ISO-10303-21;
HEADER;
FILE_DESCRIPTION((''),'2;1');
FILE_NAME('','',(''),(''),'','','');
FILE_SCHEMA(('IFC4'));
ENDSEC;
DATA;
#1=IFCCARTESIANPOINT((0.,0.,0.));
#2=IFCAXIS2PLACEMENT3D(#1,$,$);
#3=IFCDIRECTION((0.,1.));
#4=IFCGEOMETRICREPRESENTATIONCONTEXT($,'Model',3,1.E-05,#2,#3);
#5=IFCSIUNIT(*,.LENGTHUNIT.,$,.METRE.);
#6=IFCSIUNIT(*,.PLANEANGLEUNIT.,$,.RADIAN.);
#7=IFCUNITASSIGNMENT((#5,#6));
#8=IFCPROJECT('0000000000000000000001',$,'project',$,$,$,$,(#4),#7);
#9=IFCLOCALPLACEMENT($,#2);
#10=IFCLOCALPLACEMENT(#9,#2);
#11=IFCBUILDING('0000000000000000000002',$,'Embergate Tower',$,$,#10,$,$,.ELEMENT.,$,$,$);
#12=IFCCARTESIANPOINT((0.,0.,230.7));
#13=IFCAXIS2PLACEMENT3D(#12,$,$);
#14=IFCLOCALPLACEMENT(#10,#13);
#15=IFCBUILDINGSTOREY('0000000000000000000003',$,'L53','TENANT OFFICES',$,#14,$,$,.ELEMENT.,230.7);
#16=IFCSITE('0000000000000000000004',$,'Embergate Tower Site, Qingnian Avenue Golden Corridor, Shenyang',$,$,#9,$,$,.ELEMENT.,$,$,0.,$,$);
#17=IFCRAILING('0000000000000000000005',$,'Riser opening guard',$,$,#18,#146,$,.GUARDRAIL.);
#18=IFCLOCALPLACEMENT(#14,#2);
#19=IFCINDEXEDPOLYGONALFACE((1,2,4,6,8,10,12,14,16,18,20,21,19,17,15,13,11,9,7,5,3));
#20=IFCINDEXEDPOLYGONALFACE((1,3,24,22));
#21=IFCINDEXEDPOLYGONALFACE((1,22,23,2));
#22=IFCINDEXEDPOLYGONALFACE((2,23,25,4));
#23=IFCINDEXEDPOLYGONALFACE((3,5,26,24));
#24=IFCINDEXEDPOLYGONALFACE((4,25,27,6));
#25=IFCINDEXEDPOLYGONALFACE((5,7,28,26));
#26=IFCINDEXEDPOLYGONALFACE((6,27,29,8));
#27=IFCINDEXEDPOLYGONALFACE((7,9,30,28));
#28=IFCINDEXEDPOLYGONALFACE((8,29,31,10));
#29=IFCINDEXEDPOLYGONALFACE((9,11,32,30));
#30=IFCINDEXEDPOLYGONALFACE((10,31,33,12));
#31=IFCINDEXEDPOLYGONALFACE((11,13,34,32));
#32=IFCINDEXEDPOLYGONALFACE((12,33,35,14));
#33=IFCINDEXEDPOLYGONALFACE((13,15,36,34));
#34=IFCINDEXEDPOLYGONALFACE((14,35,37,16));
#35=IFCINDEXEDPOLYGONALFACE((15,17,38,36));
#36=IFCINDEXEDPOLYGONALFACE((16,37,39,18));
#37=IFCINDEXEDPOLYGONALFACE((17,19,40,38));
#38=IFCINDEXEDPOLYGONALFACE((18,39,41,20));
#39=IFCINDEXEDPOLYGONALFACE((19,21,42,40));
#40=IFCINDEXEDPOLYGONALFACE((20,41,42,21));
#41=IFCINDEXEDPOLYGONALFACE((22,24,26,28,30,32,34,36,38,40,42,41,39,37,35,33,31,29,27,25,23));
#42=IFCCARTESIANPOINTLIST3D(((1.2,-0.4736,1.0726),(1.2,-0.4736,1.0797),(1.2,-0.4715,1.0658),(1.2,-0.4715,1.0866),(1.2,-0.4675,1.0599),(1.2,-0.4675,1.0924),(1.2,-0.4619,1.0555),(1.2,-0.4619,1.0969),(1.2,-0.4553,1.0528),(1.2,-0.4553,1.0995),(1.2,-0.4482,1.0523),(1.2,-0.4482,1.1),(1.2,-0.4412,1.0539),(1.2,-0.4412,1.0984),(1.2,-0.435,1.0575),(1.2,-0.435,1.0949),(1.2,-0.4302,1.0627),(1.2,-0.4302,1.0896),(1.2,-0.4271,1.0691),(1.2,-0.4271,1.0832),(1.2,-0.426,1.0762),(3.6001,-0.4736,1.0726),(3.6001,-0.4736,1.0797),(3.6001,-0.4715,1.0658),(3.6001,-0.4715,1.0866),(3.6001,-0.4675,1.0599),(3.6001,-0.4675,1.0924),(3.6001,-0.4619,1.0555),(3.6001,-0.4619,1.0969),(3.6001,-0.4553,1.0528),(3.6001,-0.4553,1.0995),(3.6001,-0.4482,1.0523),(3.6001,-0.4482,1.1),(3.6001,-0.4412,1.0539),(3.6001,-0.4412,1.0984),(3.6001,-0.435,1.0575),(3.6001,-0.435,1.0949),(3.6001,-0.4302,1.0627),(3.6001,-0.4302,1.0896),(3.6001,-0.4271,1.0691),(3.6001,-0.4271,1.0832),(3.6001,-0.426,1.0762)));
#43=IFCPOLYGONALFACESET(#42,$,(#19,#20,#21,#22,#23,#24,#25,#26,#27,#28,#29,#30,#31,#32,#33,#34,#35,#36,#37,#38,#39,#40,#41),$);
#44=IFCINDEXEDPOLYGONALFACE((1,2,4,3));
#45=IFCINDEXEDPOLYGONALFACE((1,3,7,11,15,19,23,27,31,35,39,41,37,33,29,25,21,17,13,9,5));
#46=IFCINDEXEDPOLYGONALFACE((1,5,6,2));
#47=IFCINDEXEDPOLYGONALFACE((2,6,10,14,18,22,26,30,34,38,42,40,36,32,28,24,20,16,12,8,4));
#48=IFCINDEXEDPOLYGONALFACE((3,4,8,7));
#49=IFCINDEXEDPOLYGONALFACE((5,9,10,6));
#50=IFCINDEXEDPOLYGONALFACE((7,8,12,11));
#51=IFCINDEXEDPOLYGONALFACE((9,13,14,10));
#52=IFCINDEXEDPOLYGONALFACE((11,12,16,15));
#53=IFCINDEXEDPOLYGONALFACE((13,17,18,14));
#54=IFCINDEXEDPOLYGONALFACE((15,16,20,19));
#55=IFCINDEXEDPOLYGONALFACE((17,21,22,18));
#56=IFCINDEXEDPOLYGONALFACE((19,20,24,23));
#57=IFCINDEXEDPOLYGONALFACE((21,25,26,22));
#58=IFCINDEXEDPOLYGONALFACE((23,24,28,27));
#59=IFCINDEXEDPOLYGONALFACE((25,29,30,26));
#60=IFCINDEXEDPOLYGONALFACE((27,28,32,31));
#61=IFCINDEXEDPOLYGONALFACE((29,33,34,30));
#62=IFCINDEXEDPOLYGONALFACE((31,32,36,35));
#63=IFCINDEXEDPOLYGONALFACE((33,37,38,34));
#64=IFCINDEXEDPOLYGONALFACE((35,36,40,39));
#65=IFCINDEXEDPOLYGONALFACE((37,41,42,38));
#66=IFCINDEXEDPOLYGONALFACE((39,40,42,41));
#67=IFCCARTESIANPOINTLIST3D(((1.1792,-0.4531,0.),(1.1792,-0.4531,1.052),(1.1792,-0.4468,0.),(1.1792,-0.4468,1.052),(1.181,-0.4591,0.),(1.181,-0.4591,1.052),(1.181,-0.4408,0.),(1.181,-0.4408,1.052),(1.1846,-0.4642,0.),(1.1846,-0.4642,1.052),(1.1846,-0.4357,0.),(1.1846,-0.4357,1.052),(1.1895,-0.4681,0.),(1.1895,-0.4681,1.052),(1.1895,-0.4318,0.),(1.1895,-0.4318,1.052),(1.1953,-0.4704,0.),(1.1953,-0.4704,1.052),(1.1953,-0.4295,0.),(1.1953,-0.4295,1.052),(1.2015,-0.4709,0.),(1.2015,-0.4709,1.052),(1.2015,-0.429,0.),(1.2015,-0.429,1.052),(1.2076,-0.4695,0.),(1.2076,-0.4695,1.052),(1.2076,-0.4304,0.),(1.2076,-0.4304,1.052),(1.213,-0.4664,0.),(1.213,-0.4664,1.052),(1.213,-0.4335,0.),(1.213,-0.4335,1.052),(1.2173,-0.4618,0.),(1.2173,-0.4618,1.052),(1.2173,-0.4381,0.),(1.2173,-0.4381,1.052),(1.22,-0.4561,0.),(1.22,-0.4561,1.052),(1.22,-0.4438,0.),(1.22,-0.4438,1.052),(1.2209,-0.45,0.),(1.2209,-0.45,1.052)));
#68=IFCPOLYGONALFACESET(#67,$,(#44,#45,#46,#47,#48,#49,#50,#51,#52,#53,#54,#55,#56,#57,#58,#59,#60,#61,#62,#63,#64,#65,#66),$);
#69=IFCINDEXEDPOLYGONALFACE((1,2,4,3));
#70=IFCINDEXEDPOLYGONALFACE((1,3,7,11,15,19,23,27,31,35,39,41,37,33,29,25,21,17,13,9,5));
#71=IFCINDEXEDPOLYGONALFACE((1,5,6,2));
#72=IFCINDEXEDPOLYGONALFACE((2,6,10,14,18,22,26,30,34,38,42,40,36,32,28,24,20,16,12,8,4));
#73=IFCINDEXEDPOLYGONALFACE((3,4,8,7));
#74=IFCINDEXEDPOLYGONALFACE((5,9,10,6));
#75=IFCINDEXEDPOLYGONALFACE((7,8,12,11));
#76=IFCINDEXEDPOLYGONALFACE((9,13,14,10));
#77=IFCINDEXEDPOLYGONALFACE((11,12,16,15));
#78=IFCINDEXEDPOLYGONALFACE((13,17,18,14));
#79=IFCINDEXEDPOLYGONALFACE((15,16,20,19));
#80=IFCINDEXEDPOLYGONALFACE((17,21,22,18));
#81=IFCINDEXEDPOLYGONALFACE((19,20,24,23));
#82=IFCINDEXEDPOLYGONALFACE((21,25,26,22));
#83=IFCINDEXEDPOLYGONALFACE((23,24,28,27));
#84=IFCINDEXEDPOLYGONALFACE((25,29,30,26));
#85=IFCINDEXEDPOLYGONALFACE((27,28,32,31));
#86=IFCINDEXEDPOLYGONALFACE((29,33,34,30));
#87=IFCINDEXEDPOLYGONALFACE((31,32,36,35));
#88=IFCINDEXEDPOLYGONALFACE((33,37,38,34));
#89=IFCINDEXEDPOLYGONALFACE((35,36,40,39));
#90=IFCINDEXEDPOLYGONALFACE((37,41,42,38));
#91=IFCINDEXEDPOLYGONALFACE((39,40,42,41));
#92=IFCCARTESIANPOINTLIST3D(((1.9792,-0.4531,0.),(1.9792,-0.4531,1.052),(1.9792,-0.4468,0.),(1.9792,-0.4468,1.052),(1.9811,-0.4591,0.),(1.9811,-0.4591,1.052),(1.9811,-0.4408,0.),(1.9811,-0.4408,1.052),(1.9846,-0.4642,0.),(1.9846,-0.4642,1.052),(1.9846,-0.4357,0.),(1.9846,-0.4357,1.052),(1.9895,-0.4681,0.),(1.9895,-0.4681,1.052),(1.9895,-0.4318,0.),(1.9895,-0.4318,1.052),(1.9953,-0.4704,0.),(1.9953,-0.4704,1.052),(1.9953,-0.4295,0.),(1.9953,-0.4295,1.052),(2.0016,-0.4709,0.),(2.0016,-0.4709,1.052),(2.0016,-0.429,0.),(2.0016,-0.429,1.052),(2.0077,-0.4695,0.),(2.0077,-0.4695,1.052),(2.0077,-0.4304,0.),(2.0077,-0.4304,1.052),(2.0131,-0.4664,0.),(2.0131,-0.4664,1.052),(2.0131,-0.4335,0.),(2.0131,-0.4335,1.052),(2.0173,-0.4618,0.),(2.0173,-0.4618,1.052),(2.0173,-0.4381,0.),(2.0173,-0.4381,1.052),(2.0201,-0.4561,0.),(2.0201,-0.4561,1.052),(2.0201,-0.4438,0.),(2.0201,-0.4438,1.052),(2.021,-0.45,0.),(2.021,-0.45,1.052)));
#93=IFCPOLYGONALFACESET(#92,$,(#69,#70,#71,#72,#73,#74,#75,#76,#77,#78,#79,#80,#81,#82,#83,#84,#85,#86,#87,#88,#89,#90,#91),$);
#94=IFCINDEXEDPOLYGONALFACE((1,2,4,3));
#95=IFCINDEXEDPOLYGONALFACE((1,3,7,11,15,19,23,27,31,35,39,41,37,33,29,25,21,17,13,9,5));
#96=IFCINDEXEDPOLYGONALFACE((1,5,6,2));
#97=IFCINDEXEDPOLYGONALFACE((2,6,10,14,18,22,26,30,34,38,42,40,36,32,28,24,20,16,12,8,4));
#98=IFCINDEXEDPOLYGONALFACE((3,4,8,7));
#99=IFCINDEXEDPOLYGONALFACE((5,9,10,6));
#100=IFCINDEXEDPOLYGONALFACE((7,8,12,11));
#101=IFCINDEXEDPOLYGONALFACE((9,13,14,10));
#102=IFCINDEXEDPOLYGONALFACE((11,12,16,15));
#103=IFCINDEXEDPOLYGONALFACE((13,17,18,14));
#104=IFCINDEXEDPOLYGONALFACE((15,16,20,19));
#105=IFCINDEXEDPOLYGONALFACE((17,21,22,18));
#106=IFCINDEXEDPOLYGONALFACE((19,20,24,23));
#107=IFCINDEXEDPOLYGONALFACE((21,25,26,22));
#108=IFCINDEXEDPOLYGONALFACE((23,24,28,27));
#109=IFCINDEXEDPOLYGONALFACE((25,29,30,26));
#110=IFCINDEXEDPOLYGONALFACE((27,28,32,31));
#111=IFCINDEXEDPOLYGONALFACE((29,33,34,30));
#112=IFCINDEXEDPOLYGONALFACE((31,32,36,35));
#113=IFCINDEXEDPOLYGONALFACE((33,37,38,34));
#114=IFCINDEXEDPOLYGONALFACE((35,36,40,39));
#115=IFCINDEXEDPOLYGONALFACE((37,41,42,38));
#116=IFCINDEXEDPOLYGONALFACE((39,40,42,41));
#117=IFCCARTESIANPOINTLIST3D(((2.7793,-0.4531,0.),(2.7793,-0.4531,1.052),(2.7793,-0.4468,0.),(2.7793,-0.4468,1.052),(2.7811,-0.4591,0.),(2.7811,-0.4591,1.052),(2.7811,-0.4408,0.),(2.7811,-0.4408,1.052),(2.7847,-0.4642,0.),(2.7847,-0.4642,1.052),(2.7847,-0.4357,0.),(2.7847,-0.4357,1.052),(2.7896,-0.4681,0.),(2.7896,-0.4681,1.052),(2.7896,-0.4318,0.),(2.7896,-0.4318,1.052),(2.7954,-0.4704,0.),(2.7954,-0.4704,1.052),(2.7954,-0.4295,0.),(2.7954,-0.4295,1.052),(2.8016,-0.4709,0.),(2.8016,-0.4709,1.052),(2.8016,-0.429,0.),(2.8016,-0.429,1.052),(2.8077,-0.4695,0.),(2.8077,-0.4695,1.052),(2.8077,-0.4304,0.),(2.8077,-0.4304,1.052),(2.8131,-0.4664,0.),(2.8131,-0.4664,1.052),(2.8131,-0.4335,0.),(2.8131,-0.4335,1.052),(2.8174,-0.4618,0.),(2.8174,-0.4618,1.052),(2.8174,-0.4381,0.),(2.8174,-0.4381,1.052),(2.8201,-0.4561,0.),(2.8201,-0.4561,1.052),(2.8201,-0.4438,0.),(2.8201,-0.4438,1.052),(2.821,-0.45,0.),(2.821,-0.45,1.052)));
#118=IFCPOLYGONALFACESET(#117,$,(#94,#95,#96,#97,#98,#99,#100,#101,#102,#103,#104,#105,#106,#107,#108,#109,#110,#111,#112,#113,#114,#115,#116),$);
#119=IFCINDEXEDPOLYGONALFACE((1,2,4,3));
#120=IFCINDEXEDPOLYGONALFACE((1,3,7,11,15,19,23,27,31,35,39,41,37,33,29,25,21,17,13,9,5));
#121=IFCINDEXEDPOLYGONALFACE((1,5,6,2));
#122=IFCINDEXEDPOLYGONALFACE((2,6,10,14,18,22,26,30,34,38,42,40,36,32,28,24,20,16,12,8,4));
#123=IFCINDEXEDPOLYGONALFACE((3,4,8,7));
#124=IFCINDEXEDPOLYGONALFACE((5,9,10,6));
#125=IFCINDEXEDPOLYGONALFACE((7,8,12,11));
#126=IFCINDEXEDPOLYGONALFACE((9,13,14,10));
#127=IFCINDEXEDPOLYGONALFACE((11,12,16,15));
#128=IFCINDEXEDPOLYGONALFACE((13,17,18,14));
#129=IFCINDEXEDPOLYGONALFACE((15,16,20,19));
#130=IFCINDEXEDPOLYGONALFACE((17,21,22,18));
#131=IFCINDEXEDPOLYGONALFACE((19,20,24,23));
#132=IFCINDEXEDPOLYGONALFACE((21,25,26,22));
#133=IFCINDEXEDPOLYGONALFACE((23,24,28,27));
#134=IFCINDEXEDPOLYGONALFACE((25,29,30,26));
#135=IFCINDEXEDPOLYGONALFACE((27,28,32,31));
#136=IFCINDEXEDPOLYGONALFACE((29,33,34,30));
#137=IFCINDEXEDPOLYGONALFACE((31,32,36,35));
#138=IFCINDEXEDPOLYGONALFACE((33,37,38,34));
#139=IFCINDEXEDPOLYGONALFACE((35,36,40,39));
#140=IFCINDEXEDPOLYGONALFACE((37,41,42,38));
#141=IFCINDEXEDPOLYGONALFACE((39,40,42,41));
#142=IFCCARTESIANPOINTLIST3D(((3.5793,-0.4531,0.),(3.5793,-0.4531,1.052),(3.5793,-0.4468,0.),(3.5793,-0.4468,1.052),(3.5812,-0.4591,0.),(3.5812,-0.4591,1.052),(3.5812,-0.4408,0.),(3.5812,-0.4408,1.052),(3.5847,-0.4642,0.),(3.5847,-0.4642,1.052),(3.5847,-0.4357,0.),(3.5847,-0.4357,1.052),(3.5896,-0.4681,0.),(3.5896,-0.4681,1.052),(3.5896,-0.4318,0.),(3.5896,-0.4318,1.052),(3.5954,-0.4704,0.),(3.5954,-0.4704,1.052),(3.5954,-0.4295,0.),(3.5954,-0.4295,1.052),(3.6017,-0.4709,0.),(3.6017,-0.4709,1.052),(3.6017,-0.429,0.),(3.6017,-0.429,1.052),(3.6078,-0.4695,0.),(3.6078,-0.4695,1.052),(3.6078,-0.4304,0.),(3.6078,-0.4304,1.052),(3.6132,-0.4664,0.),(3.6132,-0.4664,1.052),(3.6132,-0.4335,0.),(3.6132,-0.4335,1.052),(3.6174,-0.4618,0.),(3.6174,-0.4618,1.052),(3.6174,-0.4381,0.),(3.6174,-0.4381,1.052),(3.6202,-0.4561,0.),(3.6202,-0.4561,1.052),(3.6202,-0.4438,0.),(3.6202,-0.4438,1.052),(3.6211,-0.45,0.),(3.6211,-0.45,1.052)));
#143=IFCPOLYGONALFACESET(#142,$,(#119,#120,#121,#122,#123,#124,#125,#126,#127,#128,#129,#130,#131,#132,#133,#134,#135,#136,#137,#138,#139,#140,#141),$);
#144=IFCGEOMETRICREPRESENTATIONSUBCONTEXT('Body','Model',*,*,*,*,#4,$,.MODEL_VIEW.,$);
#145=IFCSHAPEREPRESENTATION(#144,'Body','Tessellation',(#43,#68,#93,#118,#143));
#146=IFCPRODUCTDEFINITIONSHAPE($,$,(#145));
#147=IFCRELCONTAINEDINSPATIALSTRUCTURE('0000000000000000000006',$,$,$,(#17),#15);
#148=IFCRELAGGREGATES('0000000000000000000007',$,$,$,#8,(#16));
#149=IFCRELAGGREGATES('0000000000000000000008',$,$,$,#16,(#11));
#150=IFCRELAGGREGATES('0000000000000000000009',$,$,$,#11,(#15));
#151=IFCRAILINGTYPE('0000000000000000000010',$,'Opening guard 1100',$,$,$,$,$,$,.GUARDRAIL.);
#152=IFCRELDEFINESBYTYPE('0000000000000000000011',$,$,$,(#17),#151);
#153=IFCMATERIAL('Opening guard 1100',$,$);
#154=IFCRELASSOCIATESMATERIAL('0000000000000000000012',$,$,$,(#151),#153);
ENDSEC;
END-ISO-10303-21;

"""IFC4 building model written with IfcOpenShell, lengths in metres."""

from ifc_helpers import new_model, si_unit, direction, frame, origin, origin_2d, place, context, subcontext, project, spatial, circle, extrude, source, transform, mapped, material, type_object, element, save


model = new_model("IFC4")

# Units and contexts
model_context = context("Model", 3, precision=1e-05, world=origin(), true_north=direction((0.0, 1.0)))
body_context = subcontext(model_context, "Body", "Model", "MODEL_VIEW")
ifc_project = project(units=[si_unit("LENGTHUNIT", "METRE"), si_unit("PLANEANGLEUNIT", "RADIAN")], contexts=[model_context])

# Site, building, storey
site_placement = place(None, origin())
site = spatial("IfcSite", under=ifc_project, at=site_placement, Name="Embergate Tower Site, Qingnian Avenue Golden Corridor, Shenyang", CompositionType="ELEMENT", RefElevation=0.0)
building_placement = place(site_placement, origin())
building = spatial("IfcBuilding", under=site, at=building_placement, Name="Embergate Tower", CompositionType="ELEMENT")
storey_placement = place(building_placement, frame((0.0, 0.0, 230.7)))
storey = spatial("IfcBuildingStorey", under=building, at=storey_placement, Name="L53", Description="TENANT OFFICES", CompositionType="ELEMENT", Elevation=230.7)

# Railing
ifc_material_1 = material(Name="Opening guard 1100")
railing_type_1 = type_object("IfcRailingType", Name="Opening guard 1100", PredefinedType="GUARDRAIL", material=ifc_material_1)
shared_shape_1 = source(origin(), body_context, "Body", "SweptSolid", [
    extrude(circle(Radius=0.0239, at=origin_2d()), frame((0.0, 0.0, 1.0762), z_axis=(1.0, 0.0, 0.0), x_axis=(0.0, 1.0, 0.0)), (0.0, 0.0, 1.0), 2.4001),
    extrude(circle(Radius=0.021, at=origin_2d()), origin(), (0.0, 0.0, 1.0), 1.052),
    extrude(circle(Radius=0.021, at=origin_2d()), frame((0.8, 0.0, 0.0)), (0.0, 0.0, 1.0), 1.052),
    extrude(circle(Radius=0.021, at=origin_2d()), frame((1.6001, 0.0, 0.0)), (0.0, 0.0, 1.0), 1.052),
    extrude(circle(Radius=0.021, at=origin_2d()), frame((2.4001, 0.0, 0.0)), (0.0, 0.0, 1.0), 1.052),
])
railing_1_placement = place(storey_placement, frame((1.2, -0.45, 0.0)))
element("IfcRailing", 1, at=railing_1_placement, inside=storey, type_object=railing_type_1, Name="Riser opening guard", PredefinedType="GUARDRAIL", context=body_context, shape_type="MappedRepresentation", body=[
    mapped(shared_shape_1, transform((0.0, 0.0, 0.0))),
])

save(model, "model.ifc")
